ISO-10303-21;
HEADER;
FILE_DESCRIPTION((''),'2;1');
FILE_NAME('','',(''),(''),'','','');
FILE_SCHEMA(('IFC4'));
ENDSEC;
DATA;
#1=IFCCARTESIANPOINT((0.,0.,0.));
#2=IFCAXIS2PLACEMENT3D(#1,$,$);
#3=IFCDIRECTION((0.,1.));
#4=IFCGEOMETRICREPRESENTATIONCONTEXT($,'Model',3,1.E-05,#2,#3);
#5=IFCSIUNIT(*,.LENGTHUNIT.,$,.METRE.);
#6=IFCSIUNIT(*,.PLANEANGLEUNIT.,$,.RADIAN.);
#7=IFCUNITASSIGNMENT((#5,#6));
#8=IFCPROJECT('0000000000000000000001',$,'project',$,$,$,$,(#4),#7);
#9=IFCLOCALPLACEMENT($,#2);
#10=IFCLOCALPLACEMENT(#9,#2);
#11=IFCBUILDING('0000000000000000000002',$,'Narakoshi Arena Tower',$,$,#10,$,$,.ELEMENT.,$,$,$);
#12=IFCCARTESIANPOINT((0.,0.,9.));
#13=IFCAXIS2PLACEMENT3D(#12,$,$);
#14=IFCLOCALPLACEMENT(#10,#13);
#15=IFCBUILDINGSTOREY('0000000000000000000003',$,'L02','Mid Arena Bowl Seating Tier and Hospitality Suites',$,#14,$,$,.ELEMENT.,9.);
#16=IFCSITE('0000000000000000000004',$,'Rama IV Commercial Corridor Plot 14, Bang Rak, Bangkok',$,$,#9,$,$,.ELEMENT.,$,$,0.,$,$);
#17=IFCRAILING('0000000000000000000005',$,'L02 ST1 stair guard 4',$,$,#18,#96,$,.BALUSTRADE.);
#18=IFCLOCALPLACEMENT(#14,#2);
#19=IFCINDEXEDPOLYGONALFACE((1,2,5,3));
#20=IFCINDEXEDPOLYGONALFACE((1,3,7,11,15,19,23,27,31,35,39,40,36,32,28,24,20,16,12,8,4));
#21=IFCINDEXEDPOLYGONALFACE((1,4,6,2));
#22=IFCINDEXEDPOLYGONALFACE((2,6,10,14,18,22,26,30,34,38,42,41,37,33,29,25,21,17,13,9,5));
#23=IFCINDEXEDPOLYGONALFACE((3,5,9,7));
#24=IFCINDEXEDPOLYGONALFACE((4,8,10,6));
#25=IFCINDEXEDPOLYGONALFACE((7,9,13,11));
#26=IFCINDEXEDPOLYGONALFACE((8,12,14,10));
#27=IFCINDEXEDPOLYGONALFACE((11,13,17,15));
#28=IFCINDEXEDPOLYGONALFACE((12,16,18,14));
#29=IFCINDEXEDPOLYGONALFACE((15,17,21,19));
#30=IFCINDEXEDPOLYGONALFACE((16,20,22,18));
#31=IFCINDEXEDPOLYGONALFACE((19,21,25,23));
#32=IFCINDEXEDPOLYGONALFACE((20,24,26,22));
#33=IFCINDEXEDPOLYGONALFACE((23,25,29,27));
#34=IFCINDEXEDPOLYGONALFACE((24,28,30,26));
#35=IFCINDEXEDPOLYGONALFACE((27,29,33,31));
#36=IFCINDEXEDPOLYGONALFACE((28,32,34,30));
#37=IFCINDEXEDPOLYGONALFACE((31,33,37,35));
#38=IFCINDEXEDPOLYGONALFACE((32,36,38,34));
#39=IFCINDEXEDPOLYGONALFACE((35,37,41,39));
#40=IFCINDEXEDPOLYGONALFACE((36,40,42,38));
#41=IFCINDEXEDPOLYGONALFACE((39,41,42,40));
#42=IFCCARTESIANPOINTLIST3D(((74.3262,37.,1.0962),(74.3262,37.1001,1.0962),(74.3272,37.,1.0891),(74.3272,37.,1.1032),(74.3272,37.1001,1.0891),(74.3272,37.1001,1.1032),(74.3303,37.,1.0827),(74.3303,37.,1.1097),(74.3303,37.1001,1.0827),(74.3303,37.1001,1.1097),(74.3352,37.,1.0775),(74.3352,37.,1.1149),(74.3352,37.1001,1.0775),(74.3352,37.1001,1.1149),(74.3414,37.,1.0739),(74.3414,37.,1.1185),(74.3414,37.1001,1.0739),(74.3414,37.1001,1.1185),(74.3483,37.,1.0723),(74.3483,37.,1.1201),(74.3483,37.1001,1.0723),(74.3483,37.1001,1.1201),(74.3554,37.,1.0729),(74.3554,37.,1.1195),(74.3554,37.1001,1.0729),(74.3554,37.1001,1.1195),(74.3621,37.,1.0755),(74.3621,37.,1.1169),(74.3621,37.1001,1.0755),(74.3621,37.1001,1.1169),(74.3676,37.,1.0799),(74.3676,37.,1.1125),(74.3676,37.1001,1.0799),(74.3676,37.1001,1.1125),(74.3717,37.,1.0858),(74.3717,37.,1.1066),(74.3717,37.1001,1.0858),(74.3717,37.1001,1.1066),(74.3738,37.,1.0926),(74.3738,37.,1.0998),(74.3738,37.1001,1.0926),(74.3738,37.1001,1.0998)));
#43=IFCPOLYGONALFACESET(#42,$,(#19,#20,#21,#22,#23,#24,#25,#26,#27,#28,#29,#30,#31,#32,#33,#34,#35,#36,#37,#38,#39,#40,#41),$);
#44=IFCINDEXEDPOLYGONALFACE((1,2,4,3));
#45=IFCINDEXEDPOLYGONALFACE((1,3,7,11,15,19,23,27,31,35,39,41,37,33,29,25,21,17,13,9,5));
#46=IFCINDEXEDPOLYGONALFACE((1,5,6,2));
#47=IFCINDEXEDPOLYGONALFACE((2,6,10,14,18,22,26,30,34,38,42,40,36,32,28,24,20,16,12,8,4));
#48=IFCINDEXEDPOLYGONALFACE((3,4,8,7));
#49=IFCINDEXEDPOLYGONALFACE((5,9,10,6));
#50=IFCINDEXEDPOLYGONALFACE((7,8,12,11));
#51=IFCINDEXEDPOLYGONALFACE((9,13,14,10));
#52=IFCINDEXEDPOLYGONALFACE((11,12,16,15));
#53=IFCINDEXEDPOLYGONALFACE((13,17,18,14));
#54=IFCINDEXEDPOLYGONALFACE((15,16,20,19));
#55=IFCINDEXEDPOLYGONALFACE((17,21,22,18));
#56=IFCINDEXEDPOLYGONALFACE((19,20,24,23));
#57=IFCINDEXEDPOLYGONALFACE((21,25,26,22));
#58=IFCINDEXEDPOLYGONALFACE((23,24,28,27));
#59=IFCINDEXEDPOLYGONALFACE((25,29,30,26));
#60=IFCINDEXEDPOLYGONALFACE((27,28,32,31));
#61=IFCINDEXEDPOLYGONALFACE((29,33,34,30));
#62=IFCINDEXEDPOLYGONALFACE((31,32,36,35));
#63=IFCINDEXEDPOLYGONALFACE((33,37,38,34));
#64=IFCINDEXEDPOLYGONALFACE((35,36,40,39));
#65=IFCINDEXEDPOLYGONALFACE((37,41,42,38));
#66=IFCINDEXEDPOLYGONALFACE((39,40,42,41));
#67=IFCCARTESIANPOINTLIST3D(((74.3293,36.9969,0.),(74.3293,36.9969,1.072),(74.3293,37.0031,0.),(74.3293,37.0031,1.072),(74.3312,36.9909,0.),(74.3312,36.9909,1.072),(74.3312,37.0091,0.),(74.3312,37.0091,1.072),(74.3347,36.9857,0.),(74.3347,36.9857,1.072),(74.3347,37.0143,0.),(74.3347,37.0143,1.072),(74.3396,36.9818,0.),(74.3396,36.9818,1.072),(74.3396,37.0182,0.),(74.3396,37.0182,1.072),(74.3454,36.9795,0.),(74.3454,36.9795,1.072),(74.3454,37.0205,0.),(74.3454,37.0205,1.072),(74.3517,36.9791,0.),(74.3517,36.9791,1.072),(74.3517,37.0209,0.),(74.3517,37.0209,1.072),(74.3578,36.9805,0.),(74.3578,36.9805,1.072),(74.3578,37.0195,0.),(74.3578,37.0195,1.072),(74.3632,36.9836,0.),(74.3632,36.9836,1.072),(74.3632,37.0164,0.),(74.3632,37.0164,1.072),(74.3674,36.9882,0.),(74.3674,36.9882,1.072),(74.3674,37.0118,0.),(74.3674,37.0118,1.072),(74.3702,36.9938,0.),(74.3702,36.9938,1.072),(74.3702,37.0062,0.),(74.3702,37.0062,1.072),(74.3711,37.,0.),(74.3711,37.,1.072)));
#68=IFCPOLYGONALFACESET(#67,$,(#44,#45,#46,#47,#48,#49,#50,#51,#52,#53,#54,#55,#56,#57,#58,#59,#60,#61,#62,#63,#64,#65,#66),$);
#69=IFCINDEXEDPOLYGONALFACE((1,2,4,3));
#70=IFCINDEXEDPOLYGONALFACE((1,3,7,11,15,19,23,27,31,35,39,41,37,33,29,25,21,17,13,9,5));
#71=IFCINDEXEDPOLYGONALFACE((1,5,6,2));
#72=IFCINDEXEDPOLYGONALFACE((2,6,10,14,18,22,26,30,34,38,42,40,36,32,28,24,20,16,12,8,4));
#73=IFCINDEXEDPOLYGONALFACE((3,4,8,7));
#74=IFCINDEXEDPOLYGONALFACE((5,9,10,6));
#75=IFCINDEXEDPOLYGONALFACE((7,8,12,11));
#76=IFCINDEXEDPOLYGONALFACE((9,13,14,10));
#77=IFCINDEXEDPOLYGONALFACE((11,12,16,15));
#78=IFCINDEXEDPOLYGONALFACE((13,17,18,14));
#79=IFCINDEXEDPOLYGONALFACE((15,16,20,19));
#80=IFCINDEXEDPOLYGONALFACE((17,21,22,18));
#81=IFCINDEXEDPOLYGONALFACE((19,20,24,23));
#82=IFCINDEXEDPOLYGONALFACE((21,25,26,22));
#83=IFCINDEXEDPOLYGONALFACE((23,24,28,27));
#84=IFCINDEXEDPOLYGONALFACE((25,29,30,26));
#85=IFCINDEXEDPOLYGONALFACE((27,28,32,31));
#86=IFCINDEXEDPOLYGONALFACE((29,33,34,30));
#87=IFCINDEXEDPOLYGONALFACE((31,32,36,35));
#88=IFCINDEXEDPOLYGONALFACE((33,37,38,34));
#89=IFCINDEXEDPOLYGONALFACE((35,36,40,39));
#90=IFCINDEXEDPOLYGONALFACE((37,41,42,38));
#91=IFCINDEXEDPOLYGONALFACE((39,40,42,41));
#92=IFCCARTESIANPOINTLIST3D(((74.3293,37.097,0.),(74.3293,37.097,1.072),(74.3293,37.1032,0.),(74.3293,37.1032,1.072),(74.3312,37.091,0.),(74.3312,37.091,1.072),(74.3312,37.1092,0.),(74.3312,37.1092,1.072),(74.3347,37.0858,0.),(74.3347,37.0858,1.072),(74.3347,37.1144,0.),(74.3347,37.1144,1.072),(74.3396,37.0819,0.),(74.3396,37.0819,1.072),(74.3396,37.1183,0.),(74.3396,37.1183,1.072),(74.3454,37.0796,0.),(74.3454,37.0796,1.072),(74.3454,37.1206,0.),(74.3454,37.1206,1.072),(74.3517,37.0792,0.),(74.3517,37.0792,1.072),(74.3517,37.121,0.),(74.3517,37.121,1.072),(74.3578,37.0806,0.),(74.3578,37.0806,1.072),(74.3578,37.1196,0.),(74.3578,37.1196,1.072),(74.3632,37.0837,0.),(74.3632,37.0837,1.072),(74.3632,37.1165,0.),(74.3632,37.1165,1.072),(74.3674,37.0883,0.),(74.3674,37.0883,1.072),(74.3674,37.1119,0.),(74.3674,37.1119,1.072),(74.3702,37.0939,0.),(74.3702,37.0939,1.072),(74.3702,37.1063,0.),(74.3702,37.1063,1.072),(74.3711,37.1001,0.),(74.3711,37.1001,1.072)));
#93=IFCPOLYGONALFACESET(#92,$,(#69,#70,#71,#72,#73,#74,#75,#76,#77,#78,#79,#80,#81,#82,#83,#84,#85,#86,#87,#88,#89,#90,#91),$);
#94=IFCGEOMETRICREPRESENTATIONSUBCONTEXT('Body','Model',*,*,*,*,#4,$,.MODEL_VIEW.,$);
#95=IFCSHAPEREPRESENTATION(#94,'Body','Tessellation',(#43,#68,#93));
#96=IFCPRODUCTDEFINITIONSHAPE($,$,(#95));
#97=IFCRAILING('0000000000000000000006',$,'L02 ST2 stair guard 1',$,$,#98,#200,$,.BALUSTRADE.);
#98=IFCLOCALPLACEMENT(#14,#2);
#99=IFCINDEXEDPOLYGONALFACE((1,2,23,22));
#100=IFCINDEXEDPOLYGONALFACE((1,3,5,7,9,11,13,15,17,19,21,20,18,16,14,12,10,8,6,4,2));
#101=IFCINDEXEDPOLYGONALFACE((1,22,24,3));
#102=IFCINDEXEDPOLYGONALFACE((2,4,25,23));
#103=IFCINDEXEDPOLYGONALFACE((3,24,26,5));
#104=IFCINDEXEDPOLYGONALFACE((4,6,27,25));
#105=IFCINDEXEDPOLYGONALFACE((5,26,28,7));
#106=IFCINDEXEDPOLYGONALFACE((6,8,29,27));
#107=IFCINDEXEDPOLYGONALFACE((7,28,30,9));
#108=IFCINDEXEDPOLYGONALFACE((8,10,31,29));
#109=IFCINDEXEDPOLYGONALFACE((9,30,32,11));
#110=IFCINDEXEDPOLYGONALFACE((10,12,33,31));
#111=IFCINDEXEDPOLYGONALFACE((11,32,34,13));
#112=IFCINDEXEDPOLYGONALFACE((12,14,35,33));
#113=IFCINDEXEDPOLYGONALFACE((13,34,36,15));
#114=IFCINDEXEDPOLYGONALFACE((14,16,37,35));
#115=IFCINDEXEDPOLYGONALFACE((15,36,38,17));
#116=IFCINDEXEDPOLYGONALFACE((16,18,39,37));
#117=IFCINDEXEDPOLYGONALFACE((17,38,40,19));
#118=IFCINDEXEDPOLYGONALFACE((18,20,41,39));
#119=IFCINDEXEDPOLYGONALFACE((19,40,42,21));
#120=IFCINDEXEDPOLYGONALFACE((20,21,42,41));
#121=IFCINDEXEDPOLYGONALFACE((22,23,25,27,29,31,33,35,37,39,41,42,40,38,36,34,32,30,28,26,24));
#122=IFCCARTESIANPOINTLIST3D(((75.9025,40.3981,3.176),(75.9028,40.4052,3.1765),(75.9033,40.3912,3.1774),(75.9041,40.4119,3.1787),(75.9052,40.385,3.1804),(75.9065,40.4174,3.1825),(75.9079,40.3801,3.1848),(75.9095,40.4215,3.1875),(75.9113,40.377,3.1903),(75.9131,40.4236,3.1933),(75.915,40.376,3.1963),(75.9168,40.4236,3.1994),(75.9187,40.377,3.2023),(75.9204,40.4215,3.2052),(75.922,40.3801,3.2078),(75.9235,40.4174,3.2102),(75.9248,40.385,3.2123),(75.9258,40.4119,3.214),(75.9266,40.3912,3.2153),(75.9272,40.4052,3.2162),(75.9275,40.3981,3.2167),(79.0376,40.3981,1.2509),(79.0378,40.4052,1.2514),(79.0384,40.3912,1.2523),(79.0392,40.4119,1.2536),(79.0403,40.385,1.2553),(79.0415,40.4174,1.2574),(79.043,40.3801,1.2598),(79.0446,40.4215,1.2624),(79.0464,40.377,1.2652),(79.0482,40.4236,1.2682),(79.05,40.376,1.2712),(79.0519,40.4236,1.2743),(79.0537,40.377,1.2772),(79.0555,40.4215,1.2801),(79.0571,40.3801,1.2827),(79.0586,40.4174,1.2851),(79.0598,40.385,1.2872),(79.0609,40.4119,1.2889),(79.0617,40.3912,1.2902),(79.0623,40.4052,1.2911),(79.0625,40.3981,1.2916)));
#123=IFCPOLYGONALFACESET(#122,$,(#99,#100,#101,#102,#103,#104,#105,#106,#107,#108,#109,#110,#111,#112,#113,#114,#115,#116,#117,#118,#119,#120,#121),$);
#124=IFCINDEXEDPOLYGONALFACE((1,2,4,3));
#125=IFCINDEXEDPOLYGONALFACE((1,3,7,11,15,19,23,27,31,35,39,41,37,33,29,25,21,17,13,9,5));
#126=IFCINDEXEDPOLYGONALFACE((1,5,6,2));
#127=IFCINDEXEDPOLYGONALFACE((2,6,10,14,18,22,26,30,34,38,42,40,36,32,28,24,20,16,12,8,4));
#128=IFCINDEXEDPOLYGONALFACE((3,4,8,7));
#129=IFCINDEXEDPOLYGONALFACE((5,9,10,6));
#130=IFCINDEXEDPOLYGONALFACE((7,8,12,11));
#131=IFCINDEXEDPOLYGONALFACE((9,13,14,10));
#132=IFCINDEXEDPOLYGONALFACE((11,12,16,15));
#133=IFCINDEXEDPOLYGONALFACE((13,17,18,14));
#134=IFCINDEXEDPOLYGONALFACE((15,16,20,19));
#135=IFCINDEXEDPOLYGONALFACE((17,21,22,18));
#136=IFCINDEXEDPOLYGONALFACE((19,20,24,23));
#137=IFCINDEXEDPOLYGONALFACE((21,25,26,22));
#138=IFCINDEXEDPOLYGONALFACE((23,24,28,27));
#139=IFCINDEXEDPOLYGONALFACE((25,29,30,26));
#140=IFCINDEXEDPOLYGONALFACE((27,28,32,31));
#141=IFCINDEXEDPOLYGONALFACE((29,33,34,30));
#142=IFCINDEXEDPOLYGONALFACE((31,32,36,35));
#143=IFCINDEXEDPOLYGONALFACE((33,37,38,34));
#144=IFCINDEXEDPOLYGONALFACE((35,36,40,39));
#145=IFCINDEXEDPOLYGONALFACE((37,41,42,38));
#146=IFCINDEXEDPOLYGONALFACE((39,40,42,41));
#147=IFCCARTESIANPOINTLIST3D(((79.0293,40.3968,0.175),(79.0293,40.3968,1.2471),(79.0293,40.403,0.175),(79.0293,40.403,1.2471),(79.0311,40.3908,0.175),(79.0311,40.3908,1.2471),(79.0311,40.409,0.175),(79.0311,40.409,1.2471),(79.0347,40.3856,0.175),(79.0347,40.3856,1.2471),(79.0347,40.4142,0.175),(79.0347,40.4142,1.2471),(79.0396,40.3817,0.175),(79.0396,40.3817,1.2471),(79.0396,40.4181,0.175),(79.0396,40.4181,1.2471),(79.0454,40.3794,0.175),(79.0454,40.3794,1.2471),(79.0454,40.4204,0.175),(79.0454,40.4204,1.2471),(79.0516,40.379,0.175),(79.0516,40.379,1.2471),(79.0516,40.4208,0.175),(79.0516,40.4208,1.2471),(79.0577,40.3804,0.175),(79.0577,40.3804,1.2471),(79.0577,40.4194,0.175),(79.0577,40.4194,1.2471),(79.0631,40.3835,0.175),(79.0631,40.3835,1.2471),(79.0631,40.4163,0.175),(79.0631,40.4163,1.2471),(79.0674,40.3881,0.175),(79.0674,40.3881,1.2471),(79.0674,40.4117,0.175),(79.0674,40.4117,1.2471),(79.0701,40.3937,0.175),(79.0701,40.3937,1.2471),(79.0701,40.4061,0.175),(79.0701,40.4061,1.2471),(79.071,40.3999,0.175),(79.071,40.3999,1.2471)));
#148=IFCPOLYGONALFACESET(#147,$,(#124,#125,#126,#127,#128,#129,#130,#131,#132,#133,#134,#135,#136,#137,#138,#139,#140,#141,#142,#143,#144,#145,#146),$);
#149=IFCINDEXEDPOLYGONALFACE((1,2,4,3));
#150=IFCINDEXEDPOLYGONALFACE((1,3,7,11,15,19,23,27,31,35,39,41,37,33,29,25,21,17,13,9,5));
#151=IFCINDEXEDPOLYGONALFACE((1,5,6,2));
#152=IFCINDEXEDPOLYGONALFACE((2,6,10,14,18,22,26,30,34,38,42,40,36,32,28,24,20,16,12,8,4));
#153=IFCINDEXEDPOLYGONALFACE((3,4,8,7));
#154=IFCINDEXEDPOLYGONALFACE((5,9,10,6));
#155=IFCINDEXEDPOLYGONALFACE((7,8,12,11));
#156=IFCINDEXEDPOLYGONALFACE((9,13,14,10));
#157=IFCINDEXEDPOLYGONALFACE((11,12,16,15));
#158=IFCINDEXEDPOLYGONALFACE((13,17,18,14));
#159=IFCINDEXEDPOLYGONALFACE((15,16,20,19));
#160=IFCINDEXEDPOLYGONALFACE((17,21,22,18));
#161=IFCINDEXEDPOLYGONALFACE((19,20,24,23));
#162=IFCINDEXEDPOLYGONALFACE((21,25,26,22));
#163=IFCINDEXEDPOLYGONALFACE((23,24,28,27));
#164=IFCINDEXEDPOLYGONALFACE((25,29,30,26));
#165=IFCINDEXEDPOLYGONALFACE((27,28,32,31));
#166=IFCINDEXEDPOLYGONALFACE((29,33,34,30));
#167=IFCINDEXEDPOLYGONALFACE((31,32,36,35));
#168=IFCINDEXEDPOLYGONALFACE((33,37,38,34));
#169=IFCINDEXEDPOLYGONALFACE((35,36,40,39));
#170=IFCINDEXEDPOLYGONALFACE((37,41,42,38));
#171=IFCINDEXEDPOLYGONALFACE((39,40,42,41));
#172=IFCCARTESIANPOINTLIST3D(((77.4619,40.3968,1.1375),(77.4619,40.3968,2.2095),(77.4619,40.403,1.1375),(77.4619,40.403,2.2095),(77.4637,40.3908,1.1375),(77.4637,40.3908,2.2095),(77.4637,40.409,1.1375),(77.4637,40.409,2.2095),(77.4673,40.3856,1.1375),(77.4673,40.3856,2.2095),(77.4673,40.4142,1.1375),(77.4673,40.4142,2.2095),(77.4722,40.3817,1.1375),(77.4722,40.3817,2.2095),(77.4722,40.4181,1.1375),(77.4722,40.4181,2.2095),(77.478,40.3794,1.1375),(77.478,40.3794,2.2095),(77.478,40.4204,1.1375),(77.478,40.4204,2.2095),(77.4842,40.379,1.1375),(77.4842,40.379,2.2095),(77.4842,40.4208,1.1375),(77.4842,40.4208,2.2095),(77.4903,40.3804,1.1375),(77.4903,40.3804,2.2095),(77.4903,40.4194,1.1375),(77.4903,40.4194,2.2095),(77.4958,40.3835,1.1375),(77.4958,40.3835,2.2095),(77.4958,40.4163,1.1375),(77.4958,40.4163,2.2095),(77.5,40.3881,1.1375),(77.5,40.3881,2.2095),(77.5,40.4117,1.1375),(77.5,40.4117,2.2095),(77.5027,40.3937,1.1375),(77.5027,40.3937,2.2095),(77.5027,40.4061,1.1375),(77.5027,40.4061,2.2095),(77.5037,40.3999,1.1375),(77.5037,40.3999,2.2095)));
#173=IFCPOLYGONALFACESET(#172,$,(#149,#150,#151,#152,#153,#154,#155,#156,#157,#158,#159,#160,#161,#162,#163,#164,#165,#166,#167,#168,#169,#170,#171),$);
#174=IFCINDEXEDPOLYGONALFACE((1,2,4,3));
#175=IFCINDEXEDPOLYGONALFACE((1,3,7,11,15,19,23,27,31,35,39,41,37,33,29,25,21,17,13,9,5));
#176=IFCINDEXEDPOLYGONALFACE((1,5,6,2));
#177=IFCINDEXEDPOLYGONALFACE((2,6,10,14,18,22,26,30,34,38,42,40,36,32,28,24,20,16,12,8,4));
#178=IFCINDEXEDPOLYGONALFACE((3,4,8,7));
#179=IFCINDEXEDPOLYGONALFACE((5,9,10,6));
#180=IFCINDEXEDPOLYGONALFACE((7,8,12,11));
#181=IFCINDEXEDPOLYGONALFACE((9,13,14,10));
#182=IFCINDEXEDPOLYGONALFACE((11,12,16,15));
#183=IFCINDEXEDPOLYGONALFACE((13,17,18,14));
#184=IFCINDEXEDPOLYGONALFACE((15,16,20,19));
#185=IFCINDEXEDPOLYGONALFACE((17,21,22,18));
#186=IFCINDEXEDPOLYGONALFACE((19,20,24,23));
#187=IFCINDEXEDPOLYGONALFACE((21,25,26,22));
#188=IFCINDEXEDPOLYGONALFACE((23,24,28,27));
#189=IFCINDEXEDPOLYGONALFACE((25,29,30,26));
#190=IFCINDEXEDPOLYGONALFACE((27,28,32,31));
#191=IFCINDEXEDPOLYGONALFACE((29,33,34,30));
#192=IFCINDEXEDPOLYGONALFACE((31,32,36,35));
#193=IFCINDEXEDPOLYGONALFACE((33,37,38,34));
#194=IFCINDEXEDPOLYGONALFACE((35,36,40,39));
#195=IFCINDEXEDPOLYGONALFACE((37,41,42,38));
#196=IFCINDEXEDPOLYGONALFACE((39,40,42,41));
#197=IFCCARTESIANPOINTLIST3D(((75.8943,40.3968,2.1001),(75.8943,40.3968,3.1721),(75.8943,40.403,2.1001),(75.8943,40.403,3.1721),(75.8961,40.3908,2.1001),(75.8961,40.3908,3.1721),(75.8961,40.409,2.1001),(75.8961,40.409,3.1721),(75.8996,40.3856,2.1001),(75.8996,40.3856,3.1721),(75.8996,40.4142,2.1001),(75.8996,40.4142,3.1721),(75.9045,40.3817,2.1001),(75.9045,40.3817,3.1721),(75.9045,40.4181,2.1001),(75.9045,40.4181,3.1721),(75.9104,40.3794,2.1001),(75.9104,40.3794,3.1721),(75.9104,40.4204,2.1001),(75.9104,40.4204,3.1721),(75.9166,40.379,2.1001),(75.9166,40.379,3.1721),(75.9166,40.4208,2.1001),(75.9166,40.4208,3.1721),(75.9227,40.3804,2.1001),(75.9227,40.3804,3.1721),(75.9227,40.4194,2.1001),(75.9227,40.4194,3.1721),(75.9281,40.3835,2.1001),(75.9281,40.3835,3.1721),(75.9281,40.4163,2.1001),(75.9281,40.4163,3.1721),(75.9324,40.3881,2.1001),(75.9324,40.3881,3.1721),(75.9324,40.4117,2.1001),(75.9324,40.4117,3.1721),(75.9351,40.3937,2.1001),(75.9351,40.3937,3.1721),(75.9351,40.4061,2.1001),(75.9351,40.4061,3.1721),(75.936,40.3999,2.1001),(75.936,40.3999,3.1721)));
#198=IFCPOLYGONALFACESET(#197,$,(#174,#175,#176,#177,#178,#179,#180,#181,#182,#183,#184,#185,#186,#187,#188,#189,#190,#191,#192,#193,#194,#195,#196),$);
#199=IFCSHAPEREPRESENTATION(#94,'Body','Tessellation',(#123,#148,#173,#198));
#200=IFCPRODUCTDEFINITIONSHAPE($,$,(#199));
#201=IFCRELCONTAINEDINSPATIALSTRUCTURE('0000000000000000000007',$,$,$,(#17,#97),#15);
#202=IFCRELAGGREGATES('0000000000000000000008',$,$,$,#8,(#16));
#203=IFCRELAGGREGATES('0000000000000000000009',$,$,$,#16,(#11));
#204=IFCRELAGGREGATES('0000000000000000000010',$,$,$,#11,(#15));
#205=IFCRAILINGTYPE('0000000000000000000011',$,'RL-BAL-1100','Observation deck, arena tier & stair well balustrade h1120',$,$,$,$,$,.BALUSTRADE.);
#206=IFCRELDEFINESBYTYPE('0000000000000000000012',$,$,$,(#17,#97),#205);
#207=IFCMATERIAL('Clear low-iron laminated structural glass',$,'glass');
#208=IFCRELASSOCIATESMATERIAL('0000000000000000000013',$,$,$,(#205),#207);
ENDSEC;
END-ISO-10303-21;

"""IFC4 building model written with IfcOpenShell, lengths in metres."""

from ifc_helpers import new_model, si_unit, direction, frame, origin, origin_2d, place, context, subcontext, project, spatial, circle, extrude, material, type_object, element, save


model = new_model("IFC4")

# Units and contexts
model_context = context("Model", 3, precision=1e-05, world=origin(), true_north=direction((0.0, 1.0)))
body_context = subcontext(model_context, "Body", "Model", "MODEL_VIEW")
ifc_project = project(units=[si_unit("LENGTHUNIT", "METRE"), si_unit("PLANEANGLEUNIT", "RADIAN")], contexts=[model_context])

# Site, building, storey
site_placement = place(None, origin())
site = spatial("IfcSite", under=ifc_project, at=site_placement, Name="Rama IV Commercial Corridor Plot 14, Bang Rak, Bangkok", CompositionType="ELEMENT", RefElevation=0.0)
building_placement = place(site_placement, origin())
building = spatial("IfcBuilding", under=site, at=building_placement, Name="Narakoshi Arena Tower", CompositionType="ELEMENT")
storey_placement = place(building_placement, frame((0.0, 0.0, 9.0)))
storey = spatial("IfcBuildingStorey", under=building, at=storey_placement, Name="L02", Description="Mid Arena Bowl Seating Tier and Hospitality Suites", CompositionType="ELEMENT", Elevation=9.0)

# Railings
ifc_material_1 = material(Name="Clear low-iron laminated structural glass", Category="glass")
railing_type_1 = type_object("IfcRailingType", Name="RL-BAL-1100", Description="Observation deck, arena tier & stair well balustrade h1120", PredefinedType="BALUSTRADE", material=ifc_material_1)
railing_1_placement = place(storey_placement, frame((74.3501, 37.0, 0.0)))
element("IfcRailing", 1, at=railing_1_placement, inside=storey, type_object=railing_type_1, Name="L02 ST1 stair guard 4", PredefinedType="BALUSTRADE", context=body_context, shape_type="SweptSolid", body=[
    extrude(circle(Radius=0.0239, at=origin_2d()), frame((0.0, 0.0, 1.0962), z_axis=(0.0, 1.0, 0.0), x_axis=(-1.0, 0.0, 0.0)), (0.0, 0.0, 1.0), 0.1001),
    extrude(circle(Radius=0.021, at=origin_2d()), origin(), (0.0, 0.0, 1.0), 1.072),
    extrude(circle(Radius=0.021, at=origin_2d()), frame((0.0, 0.1001, 0.0)), (0.0, 0.0, 1.0), 1.072),
])
railing_2_placement = place(storey_placement, frame((79.05, 40.3999, 0.175)))
element("IfcRailing", 2, at=railing_2_placement, inside=storey, type_object=railing_type_1, Name="L02 ST2 stair guard 1", PredefinedType="BALUSTRADE", context=body_context, shape_type="SweptSolid", body=[
    extrude(circle(Radius=0.0239, at=origin_2d()), frame((0.0, 0.0, 1.0962), z_axis=(-0.852166, 0.0, 0.523271), x_axis=(0.0, -1.0, 0.0)), (0.0, 0.0, 1.0), 3.679),
    extrude(circle(Radius=0.021, at=origin_2d()), origin(), (0.0, 0.0, 1.0), 1.072),
    extrude(circle(Radius=0.021, at=origin_2d()), frame((-1.5674, 0.0, 0.9624)), (0.0, 0.0, 1.0), 1.072),
    extrude(circle(Radius=0.021, at=origin_2d()), frame((-3.135, 0.0, 1.925)), (0.0, 0.0, 1.0), 1.072),
])

save(model, "model.ifc")
